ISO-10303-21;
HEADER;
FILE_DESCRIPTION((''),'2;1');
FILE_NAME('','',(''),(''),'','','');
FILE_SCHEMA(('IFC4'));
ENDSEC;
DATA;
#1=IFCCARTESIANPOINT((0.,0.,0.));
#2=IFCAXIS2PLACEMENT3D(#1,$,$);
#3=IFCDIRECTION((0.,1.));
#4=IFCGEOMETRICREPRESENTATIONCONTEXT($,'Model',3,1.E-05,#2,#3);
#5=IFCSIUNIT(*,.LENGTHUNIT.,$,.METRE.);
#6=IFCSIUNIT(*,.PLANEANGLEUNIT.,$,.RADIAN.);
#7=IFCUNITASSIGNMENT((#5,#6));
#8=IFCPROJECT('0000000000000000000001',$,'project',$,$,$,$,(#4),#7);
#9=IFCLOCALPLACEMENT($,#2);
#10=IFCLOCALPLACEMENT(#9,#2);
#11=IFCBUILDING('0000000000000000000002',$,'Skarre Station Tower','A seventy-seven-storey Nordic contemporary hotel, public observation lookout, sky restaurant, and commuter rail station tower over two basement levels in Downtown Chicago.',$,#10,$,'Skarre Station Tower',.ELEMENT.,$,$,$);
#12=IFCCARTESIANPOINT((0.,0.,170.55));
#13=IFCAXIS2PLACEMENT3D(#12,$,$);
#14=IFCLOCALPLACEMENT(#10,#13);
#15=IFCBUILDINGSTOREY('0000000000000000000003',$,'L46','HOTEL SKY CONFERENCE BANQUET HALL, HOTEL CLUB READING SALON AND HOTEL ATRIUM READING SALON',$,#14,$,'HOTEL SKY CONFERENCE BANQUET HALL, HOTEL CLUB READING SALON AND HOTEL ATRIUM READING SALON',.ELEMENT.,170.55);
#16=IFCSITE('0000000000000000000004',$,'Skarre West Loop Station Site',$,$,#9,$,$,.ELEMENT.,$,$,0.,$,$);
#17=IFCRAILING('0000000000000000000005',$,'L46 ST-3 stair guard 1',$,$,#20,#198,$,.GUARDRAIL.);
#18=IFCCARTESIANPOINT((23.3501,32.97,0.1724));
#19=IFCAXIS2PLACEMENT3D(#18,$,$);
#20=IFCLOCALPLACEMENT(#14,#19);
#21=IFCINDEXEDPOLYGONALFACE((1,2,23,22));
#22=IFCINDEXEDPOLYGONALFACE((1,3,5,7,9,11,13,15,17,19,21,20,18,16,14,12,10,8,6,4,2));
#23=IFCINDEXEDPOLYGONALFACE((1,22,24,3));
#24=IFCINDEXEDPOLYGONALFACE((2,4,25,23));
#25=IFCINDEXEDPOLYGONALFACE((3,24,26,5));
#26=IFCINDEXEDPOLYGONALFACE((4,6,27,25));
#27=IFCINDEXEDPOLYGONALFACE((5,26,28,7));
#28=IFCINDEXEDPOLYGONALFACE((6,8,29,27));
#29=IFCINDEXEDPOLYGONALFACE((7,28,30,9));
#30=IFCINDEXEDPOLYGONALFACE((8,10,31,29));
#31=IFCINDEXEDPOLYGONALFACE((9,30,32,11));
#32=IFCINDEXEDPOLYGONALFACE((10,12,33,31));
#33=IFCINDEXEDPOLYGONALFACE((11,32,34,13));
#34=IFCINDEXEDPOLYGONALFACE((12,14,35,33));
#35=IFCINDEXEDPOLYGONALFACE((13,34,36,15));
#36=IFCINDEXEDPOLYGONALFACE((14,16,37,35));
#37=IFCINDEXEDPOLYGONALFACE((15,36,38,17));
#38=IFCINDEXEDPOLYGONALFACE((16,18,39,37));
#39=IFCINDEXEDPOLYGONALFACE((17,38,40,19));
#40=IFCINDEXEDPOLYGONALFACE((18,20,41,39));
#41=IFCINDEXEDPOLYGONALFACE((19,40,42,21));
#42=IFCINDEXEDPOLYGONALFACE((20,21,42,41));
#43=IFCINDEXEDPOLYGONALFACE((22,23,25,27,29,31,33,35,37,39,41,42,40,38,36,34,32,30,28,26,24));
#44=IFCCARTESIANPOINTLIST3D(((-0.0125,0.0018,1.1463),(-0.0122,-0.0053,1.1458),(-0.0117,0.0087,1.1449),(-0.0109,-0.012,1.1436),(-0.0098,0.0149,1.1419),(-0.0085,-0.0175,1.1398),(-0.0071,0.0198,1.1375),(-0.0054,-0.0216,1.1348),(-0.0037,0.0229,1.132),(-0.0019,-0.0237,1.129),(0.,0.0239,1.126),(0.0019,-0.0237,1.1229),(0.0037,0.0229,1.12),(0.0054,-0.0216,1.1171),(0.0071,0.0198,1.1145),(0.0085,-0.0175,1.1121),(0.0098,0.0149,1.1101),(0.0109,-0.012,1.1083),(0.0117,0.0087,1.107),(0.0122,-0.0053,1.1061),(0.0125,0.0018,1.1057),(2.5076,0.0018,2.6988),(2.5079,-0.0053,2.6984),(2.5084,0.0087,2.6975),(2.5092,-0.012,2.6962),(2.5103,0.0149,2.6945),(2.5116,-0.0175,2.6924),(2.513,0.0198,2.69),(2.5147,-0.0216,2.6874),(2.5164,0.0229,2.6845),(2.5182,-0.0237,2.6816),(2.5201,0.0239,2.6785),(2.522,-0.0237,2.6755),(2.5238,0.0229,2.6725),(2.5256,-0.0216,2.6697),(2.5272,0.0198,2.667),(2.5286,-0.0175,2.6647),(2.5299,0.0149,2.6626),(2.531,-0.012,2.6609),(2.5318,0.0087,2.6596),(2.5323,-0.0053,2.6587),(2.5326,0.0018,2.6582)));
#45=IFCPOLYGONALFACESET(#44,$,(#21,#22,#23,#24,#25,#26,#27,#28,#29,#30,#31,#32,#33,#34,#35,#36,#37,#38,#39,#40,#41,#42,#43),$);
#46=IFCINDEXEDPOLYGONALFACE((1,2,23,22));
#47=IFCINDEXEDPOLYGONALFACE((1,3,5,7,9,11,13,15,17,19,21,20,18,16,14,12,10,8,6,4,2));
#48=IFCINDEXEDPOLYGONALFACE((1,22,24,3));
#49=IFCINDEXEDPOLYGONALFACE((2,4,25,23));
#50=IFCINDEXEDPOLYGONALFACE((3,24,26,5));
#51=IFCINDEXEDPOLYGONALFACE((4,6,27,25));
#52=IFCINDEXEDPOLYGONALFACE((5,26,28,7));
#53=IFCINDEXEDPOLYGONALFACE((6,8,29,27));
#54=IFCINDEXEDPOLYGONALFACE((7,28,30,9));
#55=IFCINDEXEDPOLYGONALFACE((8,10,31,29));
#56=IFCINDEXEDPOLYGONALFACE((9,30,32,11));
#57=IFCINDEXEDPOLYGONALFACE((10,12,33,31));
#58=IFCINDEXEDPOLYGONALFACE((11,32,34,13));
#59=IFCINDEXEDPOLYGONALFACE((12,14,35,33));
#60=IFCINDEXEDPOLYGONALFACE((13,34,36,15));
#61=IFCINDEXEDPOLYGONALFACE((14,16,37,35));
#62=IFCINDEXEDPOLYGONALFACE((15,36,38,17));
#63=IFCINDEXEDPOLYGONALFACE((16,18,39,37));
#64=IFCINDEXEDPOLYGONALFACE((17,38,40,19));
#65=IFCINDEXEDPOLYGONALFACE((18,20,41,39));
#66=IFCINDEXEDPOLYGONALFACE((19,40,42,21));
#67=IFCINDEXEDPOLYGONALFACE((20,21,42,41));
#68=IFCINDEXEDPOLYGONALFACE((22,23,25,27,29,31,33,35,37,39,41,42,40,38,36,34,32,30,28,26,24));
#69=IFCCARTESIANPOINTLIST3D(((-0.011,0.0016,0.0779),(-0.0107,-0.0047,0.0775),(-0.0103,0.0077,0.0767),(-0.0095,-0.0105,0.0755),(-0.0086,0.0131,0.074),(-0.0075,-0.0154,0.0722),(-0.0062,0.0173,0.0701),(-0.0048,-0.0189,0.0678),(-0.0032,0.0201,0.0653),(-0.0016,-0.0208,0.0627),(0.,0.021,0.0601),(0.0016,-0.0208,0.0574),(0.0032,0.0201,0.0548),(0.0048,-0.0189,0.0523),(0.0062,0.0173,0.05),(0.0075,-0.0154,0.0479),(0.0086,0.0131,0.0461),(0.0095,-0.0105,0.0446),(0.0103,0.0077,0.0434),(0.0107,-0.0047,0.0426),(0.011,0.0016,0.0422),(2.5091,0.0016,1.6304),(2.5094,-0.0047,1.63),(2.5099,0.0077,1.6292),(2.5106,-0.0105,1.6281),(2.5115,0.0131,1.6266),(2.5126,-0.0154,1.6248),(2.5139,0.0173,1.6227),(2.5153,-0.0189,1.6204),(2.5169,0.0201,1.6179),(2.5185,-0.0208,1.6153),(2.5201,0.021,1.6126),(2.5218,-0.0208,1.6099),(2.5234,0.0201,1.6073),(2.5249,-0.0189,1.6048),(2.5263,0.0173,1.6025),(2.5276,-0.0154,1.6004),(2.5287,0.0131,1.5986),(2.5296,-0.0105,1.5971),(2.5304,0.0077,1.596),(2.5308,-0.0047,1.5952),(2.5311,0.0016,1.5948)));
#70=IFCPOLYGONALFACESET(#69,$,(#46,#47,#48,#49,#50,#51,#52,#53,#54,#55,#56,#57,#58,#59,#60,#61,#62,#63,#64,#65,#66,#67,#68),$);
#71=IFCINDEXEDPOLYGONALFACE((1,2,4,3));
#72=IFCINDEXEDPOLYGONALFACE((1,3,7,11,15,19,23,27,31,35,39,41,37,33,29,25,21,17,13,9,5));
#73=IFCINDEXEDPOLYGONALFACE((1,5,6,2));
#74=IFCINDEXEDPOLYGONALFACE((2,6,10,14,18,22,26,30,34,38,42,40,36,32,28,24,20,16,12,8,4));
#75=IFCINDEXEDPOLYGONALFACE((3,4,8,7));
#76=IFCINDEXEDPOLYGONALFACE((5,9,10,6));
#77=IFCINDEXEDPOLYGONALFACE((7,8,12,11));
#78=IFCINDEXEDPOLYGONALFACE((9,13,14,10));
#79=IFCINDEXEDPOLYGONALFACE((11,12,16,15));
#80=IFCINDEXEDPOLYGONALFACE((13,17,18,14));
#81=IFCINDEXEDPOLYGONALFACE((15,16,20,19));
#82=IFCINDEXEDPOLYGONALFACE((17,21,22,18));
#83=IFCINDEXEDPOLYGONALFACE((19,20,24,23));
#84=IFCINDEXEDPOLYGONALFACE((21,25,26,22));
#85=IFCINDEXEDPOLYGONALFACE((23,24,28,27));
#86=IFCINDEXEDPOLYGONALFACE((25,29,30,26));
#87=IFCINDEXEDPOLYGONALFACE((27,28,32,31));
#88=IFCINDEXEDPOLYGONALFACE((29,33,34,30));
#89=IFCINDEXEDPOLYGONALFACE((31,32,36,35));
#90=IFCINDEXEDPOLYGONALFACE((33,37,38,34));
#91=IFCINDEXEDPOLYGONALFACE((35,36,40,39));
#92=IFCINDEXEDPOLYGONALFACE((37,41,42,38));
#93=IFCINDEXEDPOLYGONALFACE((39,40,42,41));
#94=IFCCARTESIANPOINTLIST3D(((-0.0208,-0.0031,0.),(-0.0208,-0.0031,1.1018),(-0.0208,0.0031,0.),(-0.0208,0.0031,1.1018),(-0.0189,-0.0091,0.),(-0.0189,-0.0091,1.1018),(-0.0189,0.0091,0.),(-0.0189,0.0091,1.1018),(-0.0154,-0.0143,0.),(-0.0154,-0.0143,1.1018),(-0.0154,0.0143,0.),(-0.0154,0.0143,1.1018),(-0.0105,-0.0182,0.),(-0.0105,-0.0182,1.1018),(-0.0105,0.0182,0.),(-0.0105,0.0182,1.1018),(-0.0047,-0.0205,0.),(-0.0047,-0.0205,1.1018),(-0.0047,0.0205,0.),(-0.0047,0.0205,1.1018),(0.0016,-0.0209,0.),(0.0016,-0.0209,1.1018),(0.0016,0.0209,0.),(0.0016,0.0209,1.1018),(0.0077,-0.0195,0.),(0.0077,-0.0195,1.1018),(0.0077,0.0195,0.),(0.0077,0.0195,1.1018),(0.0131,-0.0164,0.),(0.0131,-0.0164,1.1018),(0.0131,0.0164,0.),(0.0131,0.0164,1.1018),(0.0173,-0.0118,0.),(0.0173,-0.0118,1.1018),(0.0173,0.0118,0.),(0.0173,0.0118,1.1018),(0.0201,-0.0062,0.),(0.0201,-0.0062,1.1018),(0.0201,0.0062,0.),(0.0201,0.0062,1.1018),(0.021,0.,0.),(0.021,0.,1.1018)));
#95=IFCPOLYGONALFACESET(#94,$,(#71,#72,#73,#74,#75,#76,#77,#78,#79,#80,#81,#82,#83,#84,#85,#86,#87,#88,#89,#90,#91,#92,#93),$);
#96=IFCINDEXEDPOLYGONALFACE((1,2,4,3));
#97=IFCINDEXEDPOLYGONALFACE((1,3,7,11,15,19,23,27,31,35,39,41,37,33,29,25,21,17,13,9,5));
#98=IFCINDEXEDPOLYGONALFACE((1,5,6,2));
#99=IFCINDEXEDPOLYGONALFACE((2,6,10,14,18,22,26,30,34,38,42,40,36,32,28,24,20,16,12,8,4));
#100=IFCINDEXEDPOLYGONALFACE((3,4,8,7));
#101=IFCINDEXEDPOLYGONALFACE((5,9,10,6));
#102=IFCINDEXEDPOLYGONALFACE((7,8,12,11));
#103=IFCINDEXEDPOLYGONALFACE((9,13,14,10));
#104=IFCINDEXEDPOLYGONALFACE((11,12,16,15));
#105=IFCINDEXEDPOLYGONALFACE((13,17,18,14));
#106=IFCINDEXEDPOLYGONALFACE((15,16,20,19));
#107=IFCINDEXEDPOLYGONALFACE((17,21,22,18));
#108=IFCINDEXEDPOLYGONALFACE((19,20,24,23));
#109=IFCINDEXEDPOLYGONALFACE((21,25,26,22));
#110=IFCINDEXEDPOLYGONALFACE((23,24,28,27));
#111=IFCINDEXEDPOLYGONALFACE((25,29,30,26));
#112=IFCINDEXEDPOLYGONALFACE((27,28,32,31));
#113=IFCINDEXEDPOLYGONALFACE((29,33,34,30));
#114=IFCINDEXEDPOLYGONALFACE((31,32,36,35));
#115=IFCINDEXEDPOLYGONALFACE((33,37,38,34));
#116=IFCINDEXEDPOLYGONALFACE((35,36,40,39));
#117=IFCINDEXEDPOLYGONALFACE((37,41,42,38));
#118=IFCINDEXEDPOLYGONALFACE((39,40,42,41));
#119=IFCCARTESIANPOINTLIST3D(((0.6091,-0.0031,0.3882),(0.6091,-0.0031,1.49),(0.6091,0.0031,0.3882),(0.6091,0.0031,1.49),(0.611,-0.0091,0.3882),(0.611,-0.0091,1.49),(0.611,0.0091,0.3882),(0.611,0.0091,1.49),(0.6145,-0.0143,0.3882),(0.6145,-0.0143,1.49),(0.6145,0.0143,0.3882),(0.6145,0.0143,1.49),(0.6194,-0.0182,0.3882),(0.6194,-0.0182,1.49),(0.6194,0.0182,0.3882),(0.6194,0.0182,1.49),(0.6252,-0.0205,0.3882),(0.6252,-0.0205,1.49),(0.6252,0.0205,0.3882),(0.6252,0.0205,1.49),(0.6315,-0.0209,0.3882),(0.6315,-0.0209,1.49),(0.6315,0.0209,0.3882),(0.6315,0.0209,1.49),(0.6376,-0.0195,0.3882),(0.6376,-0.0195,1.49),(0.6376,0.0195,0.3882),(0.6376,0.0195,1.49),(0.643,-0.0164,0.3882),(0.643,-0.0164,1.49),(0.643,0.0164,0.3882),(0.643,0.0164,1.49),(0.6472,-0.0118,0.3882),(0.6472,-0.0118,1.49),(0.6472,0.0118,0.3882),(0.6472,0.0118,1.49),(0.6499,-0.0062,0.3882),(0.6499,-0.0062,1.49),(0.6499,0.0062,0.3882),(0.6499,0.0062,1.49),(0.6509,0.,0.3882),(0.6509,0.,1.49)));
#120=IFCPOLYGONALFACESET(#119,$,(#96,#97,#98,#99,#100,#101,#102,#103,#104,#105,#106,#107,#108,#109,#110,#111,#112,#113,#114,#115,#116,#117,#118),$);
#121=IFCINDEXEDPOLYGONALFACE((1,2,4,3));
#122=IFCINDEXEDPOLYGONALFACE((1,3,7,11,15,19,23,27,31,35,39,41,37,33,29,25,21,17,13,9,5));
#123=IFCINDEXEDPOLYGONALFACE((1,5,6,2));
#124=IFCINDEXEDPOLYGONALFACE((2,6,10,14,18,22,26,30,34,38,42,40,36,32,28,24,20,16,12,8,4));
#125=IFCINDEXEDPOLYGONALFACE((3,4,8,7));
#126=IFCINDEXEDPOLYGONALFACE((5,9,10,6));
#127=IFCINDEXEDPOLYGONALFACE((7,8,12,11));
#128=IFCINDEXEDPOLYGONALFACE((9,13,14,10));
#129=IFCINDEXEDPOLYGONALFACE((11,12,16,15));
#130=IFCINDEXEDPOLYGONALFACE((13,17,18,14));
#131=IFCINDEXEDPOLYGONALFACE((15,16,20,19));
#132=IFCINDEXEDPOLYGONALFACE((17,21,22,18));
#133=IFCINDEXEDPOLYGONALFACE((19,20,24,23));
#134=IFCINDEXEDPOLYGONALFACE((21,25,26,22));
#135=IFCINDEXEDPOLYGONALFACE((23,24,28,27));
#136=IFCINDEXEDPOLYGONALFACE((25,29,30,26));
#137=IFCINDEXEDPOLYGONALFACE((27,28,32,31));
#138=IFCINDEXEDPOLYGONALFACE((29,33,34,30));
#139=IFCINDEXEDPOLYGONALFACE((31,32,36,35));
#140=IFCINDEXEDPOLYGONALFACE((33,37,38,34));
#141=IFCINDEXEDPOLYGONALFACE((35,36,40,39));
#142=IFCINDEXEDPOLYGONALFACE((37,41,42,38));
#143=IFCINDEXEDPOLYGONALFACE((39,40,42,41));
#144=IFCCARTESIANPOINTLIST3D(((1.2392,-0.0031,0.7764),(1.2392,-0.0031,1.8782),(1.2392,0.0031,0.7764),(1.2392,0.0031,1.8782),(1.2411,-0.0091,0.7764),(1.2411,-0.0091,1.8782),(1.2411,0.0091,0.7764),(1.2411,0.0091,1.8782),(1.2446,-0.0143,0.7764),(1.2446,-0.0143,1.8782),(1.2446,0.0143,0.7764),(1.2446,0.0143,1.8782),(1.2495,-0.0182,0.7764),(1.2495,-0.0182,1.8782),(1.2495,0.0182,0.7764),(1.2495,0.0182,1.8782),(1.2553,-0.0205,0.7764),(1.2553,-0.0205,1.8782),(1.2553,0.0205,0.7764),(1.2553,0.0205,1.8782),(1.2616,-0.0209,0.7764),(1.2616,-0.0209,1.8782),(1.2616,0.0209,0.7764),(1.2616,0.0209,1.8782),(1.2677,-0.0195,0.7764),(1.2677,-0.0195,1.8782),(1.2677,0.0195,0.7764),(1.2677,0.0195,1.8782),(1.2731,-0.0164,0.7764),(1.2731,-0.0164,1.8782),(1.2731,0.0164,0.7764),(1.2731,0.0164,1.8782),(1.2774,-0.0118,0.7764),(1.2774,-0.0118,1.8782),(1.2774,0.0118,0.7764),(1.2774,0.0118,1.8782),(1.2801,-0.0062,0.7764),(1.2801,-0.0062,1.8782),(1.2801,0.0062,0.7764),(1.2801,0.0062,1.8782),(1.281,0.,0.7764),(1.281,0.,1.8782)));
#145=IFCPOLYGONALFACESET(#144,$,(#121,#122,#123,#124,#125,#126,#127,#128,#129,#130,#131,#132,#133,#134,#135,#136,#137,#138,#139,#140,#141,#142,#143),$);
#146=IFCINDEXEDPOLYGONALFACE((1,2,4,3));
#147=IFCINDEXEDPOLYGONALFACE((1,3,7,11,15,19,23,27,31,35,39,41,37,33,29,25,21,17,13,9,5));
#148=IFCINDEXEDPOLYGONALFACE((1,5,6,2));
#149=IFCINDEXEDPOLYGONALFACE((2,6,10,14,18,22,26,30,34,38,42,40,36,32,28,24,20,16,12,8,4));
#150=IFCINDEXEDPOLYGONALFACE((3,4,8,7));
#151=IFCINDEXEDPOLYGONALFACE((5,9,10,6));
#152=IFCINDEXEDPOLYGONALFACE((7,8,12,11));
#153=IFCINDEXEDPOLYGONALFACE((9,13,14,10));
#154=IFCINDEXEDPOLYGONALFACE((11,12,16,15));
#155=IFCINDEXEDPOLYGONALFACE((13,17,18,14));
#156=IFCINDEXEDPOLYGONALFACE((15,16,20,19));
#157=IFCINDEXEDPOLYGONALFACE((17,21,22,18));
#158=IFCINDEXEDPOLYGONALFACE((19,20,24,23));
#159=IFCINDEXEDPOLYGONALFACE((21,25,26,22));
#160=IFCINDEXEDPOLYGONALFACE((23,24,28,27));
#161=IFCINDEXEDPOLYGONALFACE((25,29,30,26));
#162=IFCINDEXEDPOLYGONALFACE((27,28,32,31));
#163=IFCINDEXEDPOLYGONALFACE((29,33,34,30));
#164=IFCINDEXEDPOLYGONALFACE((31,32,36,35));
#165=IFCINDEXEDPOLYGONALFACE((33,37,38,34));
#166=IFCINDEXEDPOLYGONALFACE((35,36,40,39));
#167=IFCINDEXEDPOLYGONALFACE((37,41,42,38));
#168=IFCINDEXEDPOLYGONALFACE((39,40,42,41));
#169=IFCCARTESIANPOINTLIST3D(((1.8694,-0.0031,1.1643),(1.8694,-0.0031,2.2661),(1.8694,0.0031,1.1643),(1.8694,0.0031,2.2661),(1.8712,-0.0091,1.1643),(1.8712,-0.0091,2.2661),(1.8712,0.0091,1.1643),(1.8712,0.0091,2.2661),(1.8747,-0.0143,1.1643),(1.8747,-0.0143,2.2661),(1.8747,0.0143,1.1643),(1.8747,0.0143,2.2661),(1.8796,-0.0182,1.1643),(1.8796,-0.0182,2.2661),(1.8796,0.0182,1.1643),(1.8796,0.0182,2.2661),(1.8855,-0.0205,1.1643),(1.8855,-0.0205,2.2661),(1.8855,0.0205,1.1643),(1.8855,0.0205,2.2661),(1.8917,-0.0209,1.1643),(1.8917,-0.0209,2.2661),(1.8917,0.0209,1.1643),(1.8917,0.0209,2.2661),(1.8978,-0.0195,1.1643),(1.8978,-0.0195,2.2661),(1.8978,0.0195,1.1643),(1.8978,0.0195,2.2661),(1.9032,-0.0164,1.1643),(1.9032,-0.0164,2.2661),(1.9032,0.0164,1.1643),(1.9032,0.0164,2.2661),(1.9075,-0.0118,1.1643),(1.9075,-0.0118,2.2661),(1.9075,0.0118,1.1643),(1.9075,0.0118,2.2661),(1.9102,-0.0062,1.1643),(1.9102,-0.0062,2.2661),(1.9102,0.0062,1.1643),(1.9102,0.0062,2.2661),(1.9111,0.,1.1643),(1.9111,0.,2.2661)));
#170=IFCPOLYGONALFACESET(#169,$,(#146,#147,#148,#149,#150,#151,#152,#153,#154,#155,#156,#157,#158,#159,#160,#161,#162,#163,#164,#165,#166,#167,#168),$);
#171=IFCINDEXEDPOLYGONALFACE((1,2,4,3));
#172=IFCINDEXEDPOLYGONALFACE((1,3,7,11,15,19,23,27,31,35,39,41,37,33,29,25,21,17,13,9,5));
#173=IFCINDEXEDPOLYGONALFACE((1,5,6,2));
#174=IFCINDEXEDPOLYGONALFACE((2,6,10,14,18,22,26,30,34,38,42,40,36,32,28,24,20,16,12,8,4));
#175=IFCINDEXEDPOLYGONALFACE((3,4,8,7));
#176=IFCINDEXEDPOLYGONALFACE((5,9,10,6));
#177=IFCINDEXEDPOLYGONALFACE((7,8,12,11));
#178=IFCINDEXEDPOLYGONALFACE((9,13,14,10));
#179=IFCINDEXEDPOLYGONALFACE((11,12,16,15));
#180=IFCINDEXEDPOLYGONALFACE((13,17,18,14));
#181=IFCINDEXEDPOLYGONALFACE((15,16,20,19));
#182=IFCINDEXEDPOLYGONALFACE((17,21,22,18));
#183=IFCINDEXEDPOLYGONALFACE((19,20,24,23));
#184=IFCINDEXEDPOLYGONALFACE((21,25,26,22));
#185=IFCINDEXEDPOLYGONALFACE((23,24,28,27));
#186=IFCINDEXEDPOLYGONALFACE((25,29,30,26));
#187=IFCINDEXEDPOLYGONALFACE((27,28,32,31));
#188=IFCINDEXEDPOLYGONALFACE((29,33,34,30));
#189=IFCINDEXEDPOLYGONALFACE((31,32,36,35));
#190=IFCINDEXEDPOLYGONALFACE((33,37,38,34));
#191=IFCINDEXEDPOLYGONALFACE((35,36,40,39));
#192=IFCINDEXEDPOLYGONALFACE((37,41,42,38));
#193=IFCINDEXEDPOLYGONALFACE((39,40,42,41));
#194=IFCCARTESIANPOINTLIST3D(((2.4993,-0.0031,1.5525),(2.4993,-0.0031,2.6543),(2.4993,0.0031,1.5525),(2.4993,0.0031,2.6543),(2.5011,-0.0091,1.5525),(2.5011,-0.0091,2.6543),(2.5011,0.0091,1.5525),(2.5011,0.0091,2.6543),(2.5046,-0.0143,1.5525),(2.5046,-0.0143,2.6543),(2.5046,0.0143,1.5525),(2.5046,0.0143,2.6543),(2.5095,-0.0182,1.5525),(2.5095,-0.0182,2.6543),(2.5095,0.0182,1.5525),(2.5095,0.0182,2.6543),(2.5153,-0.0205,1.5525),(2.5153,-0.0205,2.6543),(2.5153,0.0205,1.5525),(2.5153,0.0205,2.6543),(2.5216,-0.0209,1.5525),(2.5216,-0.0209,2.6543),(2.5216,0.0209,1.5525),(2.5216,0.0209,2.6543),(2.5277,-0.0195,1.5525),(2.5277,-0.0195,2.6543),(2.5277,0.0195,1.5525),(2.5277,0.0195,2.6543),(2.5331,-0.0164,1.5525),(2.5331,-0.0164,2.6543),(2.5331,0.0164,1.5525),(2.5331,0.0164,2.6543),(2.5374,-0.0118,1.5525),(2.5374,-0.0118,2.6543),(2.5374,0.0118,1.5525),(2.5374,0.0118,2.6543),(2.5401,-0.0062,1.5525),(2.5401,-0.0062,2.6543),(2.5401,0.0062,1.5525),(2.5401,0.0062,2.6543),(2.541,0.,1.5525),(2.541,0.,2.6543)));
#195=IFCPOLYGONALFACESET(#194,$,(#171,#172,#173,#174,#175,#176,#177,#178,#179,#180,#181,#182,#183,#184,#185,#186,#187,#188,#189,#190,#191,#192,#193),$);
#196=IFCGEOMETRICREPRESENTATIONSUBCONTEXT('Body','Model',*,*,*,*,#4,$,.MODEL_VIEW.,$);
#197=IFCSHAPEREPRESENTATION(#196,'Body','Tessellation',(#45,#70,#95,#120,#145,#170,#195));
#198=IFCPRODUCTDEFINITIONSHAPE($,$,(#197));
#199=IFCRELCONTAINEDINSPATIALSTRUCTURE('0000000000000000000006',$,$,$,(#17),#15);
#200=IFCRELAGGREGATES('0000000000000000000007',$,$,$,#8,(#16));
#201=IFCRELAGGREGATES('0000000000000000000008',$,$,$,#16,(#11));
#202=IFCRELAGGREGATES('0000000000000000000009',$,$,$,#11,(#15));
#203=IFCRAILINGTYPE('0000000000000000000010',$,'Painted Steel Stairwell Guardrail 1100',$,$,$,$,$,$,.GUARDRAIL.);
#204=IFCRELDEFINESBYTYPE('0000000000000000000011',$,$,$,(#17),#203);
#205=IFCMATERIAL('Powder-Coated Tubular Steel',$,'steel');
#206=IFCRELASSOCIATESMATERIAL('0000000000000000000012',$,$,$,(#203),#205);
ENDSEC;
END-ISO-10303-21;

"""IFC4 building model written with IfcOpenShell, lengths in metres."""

from ifc_helpers import new_model, si_unit, direction, frame, origin, origin_2d, place, context, subcontext, project, spatial, circle, extrude, material, type_object, element, save


model = new_model("IFC4")

# Units and contexts
model_context = context("Model", 3, precision=1e-05, world=origin(), true_north=direction((0.0, 1.0)))
body_context = subcontext(model_context, "Body", "Model", "MODEL_VIEW")
ifc_project = project(units=[si_unit("LENGTHUNIT", "METRE"), si_unit("PLANEANGLEUNIT", "RADIAN")], contexts=[model_context])

# Site, building, storey
site_placement = place(None, origin())
site = spatial("IfcSite", under=ifc_project, at=site_placement, Name="Skarre West Loop Station Site", CompositionType="ELEMENT", RefElevation=0.0)
building_placement = place(site_placement, origin())
building = spatial("IfcBuilding", under=site, at=building_placement, Name="Skarre Station Tower", Description="A seventy-seven-storey Nordic contemporary hotel, public observation lookout, sky restaurant, and commuter rail station tower over two basement levels in Downtown Chicago.", LongName="Skarre Station Tower", CompositionType="ELEMENT")
storey_placement = place(building_placement, frame((0.0, 0.0, 170.55)))
storey = spatial("IfcBuildingStorey", under=building, at=storey_placement, Name="L46", Description="HOTEL SKY CONFERENCE BANQUET HALL, HOTEL CLUB READING SALON AND HOTEL ATRIUM READING SALON", LongName="HOTEL SKY CONFERENCE BANQUET HALL, HOTEL CLUB READING SALON AND HOTEL ATRIUM READING SALON", CompositionType="ELEMENT", Elevation=170.55)

# Railing
ifc_material_1 = material(Name="Powder-Coated Tubular Steel", Category="steel")
railing_type_1 = type_object("IfcRailingType", Name="Painted Steel Stairwell Guardrail 1100", PredefinedType="GUARDRAIL", material=ifc_material_1)
railing_1_placement = place(storey_placement, frame((23.3501, 32.97, 0.1724)))
element("IfcRailing", 1, at=railing_1_placement, inside=storey, type_object=railing_type_1, Name="L46 ST-3 stair guard 1", PredefinedType="GUARDRAIL", context=body_context, shape_type="SweptSolid", body=[
    extrude(circle(Radius=0.0239, at=origin_2d()), frame((0.0, 0.0, 1.126), z_axis=(0.8514, 0.0, 0.524516), x_axis=(0.0, 1.0, 0.0)), (0.0, 0.0, 1.0), 2.96),
    extrude(circle(Radius=0.021, at=origin_2d()), frame((0.0, 0.0, 0.0601), z_axis=(0.8514, 0.0, 0.524516), x_axis=(0.0, 1.0, 0.0)), (0.0, 0.0, 1.0), 2.96),
    extrude(circle(Radius=0.021, at=origin_2d()), origin(), (0.0, 0.0, 1.0), 1.1018),
    extrude(circle(Radius=0.021, at=origin_2d()), frame((0.6299, 0.0, 0.3882)), (0.0, 0.0, 1.0), 1.1018),
    extrude(circle(Radius=0.021, at=origin_2d()), frame((1.26, 0.0, 0.7764)), (0.0, 0.0, 1.0), 1.1018),
    extrude(circle(Radius=0.021, at=origin_2d()), frame((1.8901, 0.0, 1.1643)), (0.0, 0.0, 1.0), 1.1018),
    extrude(circle(Radius=0.021, at=origin_2d()), frame((2.52, 0.0, 1.5525)), (0.0, 0.0, 1.0), 1.1018),
])

save(model, "model.ifc")
